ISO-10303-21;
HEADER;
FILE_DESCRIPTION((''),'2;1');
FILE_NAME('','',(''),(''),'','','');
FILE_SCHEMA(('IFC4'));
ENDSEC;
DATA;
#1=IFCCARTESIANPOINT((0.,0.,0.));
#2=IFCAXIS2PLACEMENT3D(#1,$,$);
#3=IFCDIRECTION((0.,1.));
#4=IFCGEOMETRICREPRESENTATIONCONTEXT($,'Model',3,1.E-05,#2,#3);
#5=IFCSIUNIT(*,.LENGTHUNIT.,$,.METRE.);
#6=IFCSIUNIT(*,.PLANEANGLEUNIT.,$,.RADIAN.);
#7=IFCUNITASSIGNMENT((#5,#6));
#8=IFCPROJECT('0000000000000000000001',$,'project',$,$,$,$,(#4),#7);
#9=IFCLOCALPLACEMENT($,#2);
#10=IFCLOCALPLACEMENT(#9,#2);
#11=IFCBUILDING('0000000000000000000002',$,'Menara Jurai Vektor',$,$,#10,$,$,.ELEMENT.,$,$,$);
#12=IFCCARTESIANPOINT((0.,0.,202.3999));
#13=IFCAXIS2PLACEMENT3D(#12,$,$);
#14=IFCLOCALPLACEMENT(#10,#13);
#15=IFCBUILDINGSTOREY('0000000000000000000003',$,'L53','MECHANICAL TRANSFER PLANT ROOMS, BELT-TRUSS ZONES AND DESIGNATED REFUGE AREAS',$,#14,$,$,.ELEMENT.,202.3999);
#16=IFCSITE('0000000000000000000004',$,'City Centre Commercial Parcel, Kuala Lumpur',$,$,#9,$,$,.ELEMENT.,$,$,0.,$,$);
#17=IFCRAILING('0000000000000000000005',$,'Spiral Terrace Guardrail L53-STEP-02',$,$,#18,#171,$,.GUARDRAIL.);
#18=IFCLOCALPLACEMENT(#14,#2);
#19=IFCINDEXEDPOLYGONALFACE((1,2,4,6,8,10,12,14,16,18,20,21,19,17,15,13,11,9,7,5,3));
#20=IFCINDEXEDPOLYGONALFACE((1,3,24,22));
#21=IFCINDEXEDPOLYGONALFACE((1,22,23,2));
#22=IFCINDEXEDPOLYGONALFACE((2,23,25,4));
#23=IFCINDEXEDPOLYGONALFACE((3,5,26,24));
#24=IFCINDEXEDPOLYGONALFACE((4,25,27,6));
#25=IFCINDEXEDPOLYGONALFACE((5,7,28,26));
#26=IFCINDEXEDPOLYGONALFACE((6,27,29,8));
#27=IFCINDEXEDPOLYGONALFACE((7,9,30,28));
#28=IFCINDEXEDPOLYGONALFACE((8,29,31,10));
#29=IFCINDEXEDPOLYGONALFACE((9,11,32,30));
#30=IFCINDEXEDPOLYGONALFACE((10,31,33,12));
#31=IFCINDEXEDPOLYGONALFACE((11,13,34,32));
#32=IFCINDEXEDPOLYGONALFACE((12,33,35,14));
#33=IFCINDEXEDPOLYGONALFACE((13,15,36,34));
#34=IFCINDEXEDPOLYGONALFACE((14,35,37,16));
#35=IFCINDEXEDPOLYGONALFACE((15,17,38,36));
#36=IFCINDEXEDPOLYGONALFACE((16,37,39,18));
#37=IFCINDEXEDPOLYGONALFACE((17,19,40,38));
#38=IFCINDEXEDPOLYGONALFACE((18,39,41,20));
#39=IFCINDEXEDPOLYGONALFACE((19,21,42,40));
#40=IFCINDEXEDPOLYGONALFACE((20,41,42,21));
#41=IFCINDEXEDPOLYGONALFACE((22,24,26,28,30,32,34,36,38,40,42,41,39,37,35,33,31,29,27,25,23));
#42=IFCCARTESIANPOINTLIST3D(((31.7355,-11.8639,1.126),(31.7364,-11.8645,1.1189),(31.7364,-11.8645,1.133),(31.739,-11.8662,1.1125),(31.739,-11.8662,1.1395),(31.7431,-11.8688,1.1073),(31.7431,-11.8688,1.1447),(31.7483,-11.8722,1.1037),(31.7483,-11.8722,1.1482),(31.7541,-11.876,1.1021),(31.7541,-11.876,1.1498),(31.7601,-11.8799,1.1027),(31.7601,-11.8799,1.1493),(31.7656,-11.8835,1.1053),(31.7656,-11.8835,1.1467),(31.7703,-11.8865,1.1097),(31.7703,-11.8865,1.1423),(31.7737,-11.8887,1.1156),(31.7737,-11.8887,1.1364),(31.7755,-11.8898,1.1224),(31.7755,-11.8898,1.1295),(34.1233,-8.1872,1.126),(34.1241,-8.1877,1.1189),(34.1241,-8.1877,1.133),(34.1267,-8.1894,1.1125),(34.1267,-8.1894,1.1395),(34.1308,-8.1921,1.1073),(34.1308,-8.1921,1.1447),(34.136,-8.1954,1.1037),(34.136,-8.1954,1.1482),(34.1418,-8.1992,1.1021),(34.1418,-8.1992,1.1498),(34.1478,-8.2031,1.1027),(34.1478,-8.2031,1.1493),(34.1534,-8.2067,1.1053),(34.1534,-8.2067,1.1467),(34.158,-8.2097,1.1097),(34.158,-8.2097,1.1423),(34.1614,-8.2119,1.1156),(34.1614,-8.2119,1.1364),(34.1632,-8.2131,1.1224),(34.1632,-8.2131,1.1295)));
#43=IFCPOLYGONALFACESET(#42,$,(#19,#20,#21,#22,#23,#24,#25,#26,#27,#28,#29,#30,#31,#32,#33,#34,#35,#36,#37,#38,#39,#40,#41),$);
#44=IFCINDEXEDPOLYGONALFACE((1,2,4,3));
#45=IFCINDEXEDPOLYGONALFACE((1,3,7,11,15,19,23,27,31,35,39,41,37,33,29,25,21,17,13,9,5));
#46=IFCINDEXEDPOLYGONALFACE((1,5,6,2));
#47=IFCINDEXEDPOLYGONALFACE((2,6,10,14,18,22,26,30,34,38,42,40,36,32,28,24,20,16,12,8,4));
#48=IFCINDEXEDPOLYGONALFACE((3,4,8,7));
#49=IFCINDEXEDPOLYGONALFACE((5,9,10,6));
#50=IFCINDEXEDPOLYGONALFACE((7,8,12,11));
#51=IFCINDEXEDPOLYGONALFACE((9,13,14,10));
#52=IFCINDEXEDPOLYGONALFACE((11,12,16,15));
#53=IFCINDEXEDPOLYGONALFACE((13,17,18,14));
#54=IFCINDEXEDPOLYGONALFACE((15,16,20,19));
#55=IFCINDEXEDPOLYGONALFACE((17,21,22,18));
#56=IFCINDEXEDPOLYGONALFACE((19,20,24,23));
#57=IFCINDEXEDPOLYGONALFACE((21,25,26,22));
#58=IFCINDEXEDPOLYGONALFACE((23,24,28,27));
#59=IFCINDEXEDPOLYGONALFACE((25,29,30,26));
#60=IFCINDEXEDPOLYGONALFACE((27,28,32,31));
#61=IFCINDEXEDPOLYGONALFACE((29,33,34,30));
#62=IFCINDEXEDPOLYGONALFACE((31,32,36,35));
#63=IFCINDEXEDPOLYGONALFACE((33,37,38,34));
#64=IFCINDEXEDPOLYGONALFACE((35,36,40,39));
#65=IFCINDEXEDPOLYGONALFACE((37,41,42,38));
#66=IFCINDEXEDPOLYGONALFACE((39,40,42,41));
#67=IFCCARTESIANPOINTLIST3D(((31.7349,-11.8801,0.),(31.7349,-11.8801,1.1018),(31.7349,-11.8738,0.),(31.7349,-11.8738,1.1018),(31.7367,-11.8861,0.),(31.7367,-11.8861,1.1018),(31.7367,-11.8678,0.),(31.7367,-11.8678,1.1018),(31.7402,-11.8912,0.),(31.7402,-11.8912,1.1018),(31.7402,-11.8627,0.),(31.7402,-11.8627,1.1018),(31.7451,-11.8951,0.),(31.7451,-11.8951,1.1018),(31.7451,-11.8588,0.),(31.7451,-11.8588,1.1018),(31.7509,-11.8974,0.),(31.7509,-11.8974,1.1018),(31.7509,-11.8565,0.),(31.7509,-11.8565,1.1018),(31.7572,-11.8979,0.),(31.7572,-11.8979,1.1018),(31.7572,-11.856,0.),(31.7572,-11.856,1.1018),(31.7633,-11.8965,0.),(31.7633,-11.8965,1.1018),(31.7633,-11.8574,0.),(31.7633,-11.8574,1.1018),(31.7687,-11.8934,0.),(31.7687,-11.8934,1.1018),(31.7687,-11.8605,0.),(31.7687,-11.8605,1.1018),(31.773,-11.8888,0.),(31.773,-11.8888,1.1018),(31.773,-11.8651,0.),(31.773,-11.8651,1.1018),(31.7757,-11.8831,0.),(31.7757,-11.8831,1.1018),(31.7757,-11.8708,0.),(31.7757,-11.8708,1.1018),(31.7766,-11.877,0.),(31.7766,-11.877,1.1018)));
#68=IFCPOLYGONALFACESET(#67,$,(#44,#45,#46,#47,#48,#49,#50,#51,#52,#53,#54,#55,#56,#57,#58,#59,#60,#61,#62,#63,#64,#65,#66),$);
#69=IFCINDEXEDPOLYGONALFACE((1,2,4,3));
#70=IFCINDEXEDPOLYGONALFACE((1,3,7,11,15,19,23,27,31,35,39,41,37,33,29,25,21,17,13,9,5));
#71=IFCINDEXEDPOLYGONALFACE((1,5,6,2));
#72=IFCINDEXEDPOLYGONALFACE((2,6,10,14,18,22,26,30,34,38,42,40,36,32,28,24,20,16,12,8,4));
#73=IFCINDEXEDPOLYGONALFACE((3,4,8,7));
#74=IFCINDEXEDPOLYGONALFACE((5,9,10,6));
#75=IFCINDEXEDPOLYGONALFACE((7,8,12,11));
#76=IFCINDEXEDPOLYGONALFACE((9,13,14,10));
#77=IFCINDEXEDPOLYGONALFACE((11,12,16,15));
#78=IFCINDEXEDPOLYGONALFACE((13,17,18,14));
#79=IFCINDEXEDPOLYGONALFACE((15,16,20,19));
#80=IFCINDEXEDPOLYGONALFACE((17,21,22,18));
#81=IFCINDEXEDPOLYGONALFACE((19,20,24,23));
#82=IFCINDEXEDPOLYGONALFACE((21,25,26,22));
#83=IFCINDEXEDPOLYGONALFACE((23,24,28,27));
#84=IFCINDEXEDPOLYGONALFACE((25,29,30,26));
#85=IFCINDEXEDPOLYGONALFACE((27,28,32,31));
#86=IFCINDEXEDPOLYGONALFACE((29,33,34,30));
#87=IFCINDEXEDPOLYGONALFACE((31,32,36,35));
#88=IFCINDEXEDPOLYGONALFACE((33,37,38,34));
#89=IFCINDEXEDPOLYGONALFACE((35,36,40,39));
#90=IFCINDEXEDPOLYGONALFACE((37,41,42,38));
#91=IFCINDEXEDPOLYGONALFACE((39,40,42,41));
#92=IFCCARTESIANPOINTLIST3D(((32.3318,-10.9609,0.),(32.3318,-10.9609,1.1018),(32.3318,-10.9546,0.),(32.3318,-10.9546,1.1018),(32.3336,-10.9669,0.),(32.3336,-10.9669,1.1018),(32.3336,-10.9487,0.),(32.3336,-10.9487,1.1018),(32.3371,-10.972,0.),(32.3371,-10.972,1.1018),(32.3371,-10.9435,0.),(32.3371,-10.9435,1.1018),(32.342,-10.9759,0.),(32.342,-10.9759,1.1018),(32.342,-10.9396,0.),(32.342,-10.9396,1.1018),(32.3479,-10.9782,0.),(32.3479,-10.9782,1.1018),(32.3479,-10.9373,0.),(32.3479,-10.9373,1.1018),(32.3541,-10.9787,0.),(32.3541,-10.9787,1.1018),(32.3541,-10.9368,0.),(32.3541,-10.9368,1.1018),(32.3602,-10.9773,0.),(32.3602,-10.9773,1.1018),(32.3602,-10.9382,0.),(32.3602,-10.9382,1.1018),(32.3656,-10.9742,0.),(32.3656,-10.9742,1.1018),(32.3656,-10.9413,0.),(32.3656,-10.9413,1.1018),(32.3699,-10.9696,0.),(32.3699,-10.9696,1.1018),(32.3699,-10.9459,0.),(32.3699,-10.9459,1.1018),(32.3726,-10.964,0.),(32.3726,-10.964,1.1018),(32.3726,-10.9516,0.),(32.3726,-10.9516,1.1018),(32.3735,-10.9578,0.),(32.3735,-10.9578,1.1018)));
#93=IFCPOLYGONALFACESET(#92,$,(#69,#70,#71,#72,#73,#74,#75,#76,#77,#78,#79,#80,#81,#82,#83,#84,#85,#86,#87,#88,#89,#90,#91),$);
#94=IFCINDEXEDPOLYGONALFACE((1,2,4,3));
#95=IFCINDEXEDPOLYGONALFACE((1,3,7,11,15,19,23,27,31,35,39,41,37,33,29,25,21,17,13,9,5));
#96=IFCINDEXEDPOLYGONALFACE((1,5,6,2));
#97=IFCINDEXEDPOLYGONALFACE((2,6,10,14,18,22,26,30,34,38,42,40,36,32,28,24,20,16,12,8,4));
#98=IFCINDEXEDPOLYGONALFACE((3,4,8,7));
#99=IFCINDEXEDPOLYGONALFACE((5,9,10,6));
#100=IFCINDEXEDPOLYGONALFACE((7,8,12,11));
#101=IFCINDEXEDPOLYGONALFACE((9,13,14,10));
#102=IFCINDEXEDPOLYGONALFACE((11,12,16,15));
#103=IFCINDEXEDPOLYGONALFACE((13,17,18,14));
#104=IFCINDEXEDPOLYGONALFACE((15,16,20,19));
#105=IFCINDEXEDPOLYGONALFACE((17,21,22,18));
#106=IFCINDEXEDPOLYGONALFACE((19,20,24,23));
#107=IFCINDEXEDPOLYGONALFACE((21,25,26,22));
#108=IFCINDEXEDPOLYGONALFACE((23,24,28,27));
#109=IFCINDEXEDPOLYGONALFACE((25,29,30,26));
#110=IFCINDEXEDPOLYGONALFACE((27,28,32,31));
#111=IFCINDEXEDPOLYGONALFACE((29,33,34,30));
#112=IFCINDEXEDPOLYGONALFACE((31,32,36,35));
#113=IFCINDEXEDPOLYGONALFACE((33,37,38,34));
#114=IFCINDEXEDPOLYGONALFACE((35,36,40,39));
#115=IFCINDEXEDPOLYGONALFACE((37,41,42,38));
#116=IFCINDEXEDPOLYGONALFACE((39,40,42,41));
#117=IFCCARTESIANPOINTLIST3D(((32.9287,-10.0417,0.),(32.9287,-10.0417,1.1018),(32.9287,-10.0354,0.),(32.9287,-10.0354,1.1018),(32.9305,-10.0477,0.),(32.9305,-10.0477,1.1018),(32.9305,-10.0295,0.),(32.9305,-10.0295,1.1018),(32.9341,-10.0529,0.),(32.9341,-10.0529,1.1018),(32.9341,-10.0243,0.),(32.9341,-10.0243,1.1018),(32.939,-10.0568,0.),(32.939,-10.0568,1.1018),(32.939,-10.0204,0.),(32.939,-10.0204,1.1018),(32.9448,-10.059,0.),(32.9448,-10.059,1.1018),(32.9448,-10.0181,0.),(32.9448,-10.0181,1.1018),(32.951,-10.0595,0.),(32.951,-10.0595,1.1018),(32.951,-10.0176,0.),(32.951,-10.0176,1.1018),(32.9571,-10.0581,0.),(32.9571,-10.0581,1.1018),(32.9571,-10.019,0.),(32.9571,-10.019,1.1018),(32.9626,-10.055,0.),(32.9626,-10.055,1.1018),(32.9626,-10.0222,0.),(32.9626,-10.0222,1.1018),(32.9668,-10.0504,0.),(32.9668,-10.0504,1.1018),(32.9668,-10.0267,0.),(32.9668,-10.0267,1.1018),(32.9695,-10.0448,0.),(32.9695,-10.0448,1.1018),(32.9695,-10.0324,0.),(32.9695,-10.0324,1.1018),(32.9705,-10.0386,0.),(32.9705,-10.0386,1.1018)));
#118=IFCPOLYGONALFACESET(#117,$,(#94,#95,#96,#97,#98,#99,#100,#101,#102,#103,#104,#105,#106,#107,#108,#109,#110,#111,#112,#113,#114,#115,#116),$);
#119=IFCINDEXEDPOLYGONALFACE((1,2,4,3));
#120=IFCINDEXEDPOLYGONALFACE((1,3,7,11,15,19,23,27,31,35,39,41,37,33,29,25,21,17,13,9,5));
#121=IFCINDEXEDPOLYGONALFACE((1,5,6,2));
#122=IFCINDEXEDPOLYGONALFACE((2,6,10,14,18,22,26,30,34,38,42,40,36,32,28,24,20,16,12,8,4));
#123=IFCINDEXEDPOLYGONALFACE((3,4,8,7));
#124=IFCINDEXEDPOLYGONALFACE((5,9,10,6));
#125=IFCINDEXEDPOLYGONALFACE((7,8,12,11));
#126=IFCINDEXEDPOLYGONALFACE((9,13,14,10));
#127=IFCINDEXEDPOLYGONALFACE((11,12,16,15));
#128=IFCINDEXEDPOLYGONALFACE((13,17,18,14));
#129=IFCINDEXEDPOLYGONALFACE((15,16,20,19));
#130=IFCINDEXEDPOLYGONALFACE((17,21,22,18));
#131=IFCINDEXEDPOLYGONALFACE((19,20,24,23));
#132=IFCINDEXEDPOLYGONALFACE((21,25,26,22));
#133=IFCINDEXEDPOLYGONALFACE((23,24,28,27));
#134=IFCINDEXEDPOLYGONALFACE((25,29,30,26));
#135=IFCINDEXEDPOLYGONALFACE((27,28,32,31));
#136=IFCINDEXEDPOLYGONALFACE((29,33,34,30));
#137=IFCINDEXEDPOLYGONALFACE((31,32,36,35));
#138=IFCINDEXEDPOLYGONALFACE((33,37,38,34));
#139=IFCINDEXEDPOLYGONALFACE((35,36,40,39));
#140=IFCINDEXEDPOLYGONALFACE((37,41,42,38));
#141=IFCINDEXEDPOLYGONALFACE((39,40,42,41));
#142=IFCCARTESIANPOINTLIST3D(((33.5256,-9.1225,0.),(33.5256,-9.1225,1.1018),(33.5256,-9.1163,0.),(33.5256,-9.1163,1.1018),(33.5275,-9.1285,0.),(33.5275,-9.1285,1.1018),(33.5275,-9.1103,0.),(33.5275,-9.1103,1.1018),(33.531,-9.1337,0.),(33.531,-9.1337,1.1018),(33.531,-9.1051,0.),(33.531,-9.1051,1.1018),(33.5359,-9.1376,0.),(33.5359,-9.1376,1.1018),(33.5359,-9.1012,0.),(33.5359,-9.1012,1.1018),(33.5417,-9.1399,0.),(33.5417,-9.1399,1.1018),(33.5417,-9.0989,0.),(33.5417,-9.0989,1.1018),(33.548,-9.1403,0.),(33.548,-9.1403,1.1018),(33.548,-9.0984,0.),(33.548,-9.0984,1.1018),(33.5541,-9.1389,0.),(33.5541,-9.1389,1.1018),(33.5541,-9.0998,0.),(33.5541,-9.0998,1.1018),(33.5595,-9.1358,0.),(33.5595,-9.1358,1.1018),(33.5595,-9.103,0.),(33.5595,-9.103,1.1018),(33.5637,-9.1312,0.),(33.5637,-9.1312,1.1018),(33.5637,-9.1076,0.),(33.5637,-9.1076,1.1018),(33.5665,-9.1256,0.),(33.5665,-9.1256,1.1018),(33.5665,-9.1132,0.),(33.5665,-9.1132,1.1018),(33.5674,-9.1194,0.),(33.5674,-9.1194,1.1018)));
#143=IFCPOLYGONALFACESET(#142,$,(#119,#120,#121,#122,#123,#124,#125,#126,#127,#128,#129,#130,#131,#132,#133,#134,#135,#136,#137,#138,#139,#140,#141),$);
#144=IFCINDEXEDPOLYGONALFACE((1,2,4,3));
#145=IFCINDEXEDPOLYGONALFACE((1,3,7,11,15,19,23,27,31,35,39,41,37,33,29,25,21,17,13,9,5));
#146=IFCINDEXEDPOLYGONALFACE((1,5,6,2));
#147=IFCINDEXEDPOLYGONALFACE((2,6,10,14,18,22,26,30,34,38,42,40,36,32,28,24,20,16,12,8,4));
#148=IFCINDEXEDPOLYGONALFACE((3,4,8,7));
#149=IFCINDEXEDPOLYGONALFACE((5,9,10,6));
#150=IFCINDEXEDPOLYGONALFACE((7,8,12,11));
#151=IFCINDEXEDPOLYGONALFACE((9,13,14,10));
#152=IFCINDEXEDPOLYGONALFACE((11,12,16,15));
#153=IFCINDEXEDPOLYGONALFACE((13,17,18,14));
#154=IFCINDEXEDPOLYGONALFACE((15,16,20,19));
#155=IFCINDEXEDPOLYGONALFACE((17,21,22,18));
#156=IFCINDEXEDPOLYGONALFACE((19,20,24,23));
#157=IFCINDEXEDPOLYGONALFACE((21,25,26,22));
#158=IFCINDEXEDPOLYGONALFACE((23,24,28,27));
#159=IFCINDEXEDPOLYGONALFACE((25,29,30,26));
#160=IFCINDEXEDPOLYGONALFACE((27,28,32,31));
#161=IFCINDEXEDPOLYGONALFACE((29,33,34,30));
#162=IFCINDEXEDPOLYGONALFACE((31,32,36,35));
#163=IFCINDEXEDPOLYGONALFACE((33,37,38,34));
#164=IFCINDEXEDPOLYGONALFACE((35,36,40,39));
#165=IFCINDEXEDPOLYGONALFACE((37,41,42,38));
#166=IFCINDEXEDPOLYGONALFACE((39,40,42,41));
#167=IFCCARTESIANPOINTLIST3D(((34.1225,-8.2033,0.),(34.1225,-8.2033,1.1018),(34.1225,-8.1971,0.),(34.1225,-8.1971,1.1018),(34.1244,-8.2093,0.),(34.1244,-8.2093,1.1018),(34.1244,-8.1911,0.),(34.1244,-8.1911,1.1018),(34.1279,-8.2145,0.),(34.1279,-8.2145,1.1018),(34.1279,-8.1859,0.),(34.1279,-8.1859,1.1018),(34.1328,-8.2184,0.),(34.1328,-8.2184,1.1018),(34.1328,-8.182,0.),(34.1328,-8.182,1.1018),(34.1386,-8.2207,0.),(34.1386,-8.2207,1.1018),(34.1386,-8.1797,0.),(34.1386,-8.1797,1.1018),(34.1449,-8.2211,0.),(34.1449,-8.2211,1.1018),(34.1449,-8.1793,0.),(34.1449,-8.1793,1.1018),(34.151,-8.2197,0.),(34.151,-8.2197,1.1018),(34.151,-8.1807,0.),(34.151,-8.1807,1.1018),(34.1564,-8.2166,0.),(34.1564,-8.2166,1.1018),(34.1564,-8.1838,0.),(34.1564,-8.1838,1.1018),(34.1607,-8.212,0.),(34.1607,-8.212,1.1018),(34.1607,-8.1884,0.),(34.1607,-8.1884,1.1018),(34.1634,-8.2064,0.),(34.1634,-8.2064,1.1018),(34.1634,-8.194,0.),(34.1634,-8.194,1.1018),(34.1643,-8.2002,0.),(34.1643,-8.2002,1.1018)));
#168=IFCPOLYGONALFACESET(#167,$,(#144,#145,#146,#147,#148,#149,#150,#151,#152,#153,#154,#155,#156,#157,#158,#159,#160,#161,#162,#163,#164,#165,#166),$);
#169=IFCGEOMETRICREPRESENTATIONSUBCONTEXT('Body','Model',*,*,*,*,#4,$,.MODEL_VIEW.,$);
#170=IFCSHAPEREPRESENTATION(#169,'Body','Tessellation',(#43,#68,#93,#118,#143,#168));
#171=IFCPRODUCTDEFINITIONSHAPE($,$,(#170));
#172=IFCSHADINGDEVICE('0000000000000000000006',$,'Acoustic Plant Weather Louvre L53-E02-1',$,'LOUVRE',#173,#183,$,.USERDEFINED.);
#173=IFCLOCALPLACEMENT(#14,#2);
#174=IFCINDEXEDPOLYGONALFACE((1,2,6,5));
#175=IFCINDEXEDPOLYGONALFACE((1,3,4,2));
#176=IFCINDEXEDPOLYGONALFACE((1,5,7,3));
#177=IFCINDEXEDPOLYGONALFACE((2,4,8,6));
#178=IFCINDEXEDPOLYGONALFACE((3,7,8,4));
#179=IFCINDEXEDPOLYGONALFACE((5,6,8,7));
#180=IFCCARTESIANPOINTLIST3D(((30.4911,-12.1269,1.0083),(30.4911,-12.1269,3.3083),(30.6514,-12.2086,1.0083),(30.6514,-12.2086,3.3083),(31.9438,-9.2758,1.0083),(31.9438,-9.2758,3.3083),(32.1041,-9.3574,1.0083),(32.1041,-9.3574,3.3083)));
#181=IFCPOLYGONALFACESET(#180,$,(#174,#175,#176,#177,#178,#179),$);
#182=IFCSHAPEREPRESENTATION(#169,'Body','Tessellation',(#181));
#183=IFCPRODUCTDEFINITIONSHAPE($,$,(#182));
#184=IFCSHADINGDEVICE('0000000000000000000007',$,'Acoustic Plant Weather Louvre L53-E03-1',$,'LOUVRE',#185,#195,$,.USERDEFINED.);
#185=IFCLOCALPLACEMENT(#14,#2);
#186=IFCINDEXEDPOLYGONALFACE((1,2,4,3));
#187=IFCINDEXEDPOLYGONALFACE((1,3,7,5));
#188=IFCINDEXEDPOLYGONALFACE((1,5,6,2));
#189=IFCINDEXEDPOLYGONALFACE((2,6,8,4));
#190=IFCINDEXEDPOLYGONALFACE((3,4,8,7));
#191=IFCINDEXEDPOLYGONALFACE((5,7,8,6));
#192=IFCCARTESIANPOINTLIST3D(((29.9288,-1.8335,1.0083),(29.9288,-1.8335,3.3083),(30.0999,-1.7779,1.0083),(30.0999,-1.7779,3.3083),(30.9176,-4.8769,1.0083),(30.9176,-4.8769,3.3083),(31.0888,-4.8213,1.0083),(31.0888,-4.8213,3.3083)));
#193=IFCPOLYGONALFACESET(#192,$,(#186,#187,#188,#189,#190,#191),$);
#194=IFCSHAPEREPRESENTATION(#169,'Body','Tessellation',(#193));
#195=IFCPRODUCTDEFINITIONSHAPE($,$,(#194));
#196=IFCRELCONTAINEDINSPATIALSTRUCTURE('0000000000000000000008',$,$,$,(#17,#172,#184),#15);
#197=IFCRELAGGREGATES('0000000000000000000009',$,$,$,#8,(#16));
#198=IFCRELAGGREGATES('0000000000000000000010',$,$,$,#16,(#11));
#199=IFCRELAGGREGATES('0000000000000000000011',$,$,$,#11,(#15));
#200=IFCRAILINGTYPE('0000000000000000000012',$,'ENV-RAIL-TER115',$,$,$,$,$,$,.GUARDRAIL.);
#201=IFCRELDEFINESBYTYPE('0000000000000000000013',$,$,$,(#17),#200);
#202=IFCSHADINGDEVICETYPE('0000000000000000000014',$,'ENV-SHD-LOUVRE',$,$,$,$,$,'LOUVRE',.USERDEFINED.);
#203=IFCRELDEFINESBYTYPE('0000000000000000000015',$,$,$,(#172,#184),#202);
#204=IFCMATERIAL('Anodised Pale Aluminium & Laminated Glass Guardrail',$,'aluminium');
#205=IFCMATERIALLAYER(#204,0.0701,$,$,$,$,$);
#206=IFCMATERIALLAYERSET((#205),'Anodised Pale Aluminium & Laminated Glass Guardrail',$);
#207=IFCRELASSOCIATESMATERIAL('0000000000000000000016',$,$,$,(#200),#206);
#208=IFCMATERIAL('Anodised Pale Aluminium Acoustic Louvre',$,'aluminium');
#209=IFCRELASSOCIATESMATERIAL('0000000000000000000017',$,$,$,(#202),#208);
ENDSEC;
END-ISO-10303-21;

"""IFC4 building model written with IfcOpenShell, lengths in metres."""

from ifc_helpers import new_model, si_unit, direction, frame, origin, origin_2d, place, context, subcontext, project, spatial, rectangle, circle, extrude, material, layer, layer_set, type_object, element, save


model = new_model("IFC4")

# Units and contexts
model_context = context("Model", 3, precision=1e-05, world=origin(), true_north=direction((0.0, 1.0)))
body_context = subcontext(model_context, "Body", "Model", "MODEL_VIEW")
ifc_project = project(units=[si_unit("LENGTHUNIT", "METRE"), si_unit("PLANEANGLEUNIT", "RADIAN")], contexts=[model_context])

# Site, building, storey
site_placement = place(None, origin())
site = spatial("IfcSite", under=ifc_project, at=site_placement, Name="City Centre Commercial Parcel, Kuala Lumpur", CompositionType="ELEMENT", RefElevation=0.0)
building_placement = place(site_placement, origin())
building = spatial("IfcBuilding", under=site, at=building_placement, Name="Menara Jurai Vektor", CompositionType="ELEMENT")
storey_placement = place(building_placement, frame((0.0, 0.0, 202.3999)))
storey = spatial("IfcBuildingStorey", under=building, at=storey_placement, Name="L53", Description="MECHANICAL TRANSFER PLANT ROOMS, BELT-TRUSS ZONES AND DESIGNATED REFUGE AREAS", CompositionType="ELEMENT", Elevation=202.3999)

# Railing
ifc_material_1 = material(Name="Anodised Pale Aluminium & Laminated Glass Guardrail", Category="aluminium")
ifc_layer_1 = layer(ifc_material_1, 0.0701)
ifc_layer_set_1 = layer_set([ifc_layer_1], Name="Anodised Pale Aluminium & Laminated Glass Guardrail")
railing_type = type_object("IfcRailingType", Name="ENV-RAIL-TER115", PredefinedType="GUARDRAIL", material=ifc_layer_set_1)
railing_1_placement = place(storey_placement, frame((31.7556, -11.877, 0.0)))
element("IfcRailing", 1, at=railing_1_placement, inside=storey, type_object=railing_type, Name="Spiral Terrace Guardrail L53-STEP-02", PredefinedType="GUARDRAIL", context=body_context, shape_type="SweptSolid", body=[
    extrude(circle(Radius=0.0239, at=origin_2d()), frame((0.0, 0.0, 1.126), z_axis=(0.544636, 0.838673, 0.0), x_axis=(-0.838673, 0.544636, 0.0)), (0.0, 0.0, 1.0), 4.384),
    extrude(circle(Radius=0.021, at=origin_2d()), origin(), (0.0, 0.0, 1.0), 1.1018),
    extrude(circle(Radius=0.021, at=origin_2d()), frame((0.5969, 0.9192, 0.0)), (0.0, 0.0, 1.0), 1.1018),
    extrude(circle(Radius=0.021, at=origin_2d()), frame((1.1938, 1.8384, 0.0)), (0.0, 0.0, 1.0), 1.1018),
    extrude(circle(Radius=0.021, at=origin_2d()), frame((1.7908, 2.7576, 0.0)), (0.0, 0.0, 1.0), 1.1018),
    extrude(circle(Radius=0.021, at=origin_2d()), frame((2.3877, 3.6768, 0.0)), (0.0, 0.0, 1.0), 1.1018),
])

# Shading devices
ifc_material_2 = material(Name="Anodised Pale Aluminium Acoustic Louvre", Category="aluminium")
shading_device_type = type_object("IfcShadingDeviceType", Name="ENV-SHD-LOUVRE", ElementType="LOUVRE", PredefinedType="USERDEFINED", material=ifc_material_2)
for number, where, z_axis, x_axis, name in (
    (2, (31.2976, -10.7422, 1.0083), (0.0, 0.0, 1.0), (0.45399, 0.891007, 0.0), "Acoustic Plant Weather Louvre L53-E02-1"),
    (3, (30.5088, -3.3274, 1.0083), (0.0, 0.0, 1.0), (-0.309017, 0.951057, 0.0), "Acoustic Plant Weather Louvre L53-E03-1"),
):
    element("IfcShadingDevice", number, at=place(storey_placement, frame(where, z_axis=z_axis, x_axis=x_axis)), inside=storey, type_object=shading_device_type, Name=name, ObjectType="LOUVRE", PredefinedType="USERDEFINED", context=body_context, shape_type="SweptSolid", body=[
        extrude(rectangle(XDim=3.2, YDim=0.1799, at=origin_2d()), origin(), (0.0, 0.0, 1.0), 2.3),
    ])

save(model, "model.ifc")
